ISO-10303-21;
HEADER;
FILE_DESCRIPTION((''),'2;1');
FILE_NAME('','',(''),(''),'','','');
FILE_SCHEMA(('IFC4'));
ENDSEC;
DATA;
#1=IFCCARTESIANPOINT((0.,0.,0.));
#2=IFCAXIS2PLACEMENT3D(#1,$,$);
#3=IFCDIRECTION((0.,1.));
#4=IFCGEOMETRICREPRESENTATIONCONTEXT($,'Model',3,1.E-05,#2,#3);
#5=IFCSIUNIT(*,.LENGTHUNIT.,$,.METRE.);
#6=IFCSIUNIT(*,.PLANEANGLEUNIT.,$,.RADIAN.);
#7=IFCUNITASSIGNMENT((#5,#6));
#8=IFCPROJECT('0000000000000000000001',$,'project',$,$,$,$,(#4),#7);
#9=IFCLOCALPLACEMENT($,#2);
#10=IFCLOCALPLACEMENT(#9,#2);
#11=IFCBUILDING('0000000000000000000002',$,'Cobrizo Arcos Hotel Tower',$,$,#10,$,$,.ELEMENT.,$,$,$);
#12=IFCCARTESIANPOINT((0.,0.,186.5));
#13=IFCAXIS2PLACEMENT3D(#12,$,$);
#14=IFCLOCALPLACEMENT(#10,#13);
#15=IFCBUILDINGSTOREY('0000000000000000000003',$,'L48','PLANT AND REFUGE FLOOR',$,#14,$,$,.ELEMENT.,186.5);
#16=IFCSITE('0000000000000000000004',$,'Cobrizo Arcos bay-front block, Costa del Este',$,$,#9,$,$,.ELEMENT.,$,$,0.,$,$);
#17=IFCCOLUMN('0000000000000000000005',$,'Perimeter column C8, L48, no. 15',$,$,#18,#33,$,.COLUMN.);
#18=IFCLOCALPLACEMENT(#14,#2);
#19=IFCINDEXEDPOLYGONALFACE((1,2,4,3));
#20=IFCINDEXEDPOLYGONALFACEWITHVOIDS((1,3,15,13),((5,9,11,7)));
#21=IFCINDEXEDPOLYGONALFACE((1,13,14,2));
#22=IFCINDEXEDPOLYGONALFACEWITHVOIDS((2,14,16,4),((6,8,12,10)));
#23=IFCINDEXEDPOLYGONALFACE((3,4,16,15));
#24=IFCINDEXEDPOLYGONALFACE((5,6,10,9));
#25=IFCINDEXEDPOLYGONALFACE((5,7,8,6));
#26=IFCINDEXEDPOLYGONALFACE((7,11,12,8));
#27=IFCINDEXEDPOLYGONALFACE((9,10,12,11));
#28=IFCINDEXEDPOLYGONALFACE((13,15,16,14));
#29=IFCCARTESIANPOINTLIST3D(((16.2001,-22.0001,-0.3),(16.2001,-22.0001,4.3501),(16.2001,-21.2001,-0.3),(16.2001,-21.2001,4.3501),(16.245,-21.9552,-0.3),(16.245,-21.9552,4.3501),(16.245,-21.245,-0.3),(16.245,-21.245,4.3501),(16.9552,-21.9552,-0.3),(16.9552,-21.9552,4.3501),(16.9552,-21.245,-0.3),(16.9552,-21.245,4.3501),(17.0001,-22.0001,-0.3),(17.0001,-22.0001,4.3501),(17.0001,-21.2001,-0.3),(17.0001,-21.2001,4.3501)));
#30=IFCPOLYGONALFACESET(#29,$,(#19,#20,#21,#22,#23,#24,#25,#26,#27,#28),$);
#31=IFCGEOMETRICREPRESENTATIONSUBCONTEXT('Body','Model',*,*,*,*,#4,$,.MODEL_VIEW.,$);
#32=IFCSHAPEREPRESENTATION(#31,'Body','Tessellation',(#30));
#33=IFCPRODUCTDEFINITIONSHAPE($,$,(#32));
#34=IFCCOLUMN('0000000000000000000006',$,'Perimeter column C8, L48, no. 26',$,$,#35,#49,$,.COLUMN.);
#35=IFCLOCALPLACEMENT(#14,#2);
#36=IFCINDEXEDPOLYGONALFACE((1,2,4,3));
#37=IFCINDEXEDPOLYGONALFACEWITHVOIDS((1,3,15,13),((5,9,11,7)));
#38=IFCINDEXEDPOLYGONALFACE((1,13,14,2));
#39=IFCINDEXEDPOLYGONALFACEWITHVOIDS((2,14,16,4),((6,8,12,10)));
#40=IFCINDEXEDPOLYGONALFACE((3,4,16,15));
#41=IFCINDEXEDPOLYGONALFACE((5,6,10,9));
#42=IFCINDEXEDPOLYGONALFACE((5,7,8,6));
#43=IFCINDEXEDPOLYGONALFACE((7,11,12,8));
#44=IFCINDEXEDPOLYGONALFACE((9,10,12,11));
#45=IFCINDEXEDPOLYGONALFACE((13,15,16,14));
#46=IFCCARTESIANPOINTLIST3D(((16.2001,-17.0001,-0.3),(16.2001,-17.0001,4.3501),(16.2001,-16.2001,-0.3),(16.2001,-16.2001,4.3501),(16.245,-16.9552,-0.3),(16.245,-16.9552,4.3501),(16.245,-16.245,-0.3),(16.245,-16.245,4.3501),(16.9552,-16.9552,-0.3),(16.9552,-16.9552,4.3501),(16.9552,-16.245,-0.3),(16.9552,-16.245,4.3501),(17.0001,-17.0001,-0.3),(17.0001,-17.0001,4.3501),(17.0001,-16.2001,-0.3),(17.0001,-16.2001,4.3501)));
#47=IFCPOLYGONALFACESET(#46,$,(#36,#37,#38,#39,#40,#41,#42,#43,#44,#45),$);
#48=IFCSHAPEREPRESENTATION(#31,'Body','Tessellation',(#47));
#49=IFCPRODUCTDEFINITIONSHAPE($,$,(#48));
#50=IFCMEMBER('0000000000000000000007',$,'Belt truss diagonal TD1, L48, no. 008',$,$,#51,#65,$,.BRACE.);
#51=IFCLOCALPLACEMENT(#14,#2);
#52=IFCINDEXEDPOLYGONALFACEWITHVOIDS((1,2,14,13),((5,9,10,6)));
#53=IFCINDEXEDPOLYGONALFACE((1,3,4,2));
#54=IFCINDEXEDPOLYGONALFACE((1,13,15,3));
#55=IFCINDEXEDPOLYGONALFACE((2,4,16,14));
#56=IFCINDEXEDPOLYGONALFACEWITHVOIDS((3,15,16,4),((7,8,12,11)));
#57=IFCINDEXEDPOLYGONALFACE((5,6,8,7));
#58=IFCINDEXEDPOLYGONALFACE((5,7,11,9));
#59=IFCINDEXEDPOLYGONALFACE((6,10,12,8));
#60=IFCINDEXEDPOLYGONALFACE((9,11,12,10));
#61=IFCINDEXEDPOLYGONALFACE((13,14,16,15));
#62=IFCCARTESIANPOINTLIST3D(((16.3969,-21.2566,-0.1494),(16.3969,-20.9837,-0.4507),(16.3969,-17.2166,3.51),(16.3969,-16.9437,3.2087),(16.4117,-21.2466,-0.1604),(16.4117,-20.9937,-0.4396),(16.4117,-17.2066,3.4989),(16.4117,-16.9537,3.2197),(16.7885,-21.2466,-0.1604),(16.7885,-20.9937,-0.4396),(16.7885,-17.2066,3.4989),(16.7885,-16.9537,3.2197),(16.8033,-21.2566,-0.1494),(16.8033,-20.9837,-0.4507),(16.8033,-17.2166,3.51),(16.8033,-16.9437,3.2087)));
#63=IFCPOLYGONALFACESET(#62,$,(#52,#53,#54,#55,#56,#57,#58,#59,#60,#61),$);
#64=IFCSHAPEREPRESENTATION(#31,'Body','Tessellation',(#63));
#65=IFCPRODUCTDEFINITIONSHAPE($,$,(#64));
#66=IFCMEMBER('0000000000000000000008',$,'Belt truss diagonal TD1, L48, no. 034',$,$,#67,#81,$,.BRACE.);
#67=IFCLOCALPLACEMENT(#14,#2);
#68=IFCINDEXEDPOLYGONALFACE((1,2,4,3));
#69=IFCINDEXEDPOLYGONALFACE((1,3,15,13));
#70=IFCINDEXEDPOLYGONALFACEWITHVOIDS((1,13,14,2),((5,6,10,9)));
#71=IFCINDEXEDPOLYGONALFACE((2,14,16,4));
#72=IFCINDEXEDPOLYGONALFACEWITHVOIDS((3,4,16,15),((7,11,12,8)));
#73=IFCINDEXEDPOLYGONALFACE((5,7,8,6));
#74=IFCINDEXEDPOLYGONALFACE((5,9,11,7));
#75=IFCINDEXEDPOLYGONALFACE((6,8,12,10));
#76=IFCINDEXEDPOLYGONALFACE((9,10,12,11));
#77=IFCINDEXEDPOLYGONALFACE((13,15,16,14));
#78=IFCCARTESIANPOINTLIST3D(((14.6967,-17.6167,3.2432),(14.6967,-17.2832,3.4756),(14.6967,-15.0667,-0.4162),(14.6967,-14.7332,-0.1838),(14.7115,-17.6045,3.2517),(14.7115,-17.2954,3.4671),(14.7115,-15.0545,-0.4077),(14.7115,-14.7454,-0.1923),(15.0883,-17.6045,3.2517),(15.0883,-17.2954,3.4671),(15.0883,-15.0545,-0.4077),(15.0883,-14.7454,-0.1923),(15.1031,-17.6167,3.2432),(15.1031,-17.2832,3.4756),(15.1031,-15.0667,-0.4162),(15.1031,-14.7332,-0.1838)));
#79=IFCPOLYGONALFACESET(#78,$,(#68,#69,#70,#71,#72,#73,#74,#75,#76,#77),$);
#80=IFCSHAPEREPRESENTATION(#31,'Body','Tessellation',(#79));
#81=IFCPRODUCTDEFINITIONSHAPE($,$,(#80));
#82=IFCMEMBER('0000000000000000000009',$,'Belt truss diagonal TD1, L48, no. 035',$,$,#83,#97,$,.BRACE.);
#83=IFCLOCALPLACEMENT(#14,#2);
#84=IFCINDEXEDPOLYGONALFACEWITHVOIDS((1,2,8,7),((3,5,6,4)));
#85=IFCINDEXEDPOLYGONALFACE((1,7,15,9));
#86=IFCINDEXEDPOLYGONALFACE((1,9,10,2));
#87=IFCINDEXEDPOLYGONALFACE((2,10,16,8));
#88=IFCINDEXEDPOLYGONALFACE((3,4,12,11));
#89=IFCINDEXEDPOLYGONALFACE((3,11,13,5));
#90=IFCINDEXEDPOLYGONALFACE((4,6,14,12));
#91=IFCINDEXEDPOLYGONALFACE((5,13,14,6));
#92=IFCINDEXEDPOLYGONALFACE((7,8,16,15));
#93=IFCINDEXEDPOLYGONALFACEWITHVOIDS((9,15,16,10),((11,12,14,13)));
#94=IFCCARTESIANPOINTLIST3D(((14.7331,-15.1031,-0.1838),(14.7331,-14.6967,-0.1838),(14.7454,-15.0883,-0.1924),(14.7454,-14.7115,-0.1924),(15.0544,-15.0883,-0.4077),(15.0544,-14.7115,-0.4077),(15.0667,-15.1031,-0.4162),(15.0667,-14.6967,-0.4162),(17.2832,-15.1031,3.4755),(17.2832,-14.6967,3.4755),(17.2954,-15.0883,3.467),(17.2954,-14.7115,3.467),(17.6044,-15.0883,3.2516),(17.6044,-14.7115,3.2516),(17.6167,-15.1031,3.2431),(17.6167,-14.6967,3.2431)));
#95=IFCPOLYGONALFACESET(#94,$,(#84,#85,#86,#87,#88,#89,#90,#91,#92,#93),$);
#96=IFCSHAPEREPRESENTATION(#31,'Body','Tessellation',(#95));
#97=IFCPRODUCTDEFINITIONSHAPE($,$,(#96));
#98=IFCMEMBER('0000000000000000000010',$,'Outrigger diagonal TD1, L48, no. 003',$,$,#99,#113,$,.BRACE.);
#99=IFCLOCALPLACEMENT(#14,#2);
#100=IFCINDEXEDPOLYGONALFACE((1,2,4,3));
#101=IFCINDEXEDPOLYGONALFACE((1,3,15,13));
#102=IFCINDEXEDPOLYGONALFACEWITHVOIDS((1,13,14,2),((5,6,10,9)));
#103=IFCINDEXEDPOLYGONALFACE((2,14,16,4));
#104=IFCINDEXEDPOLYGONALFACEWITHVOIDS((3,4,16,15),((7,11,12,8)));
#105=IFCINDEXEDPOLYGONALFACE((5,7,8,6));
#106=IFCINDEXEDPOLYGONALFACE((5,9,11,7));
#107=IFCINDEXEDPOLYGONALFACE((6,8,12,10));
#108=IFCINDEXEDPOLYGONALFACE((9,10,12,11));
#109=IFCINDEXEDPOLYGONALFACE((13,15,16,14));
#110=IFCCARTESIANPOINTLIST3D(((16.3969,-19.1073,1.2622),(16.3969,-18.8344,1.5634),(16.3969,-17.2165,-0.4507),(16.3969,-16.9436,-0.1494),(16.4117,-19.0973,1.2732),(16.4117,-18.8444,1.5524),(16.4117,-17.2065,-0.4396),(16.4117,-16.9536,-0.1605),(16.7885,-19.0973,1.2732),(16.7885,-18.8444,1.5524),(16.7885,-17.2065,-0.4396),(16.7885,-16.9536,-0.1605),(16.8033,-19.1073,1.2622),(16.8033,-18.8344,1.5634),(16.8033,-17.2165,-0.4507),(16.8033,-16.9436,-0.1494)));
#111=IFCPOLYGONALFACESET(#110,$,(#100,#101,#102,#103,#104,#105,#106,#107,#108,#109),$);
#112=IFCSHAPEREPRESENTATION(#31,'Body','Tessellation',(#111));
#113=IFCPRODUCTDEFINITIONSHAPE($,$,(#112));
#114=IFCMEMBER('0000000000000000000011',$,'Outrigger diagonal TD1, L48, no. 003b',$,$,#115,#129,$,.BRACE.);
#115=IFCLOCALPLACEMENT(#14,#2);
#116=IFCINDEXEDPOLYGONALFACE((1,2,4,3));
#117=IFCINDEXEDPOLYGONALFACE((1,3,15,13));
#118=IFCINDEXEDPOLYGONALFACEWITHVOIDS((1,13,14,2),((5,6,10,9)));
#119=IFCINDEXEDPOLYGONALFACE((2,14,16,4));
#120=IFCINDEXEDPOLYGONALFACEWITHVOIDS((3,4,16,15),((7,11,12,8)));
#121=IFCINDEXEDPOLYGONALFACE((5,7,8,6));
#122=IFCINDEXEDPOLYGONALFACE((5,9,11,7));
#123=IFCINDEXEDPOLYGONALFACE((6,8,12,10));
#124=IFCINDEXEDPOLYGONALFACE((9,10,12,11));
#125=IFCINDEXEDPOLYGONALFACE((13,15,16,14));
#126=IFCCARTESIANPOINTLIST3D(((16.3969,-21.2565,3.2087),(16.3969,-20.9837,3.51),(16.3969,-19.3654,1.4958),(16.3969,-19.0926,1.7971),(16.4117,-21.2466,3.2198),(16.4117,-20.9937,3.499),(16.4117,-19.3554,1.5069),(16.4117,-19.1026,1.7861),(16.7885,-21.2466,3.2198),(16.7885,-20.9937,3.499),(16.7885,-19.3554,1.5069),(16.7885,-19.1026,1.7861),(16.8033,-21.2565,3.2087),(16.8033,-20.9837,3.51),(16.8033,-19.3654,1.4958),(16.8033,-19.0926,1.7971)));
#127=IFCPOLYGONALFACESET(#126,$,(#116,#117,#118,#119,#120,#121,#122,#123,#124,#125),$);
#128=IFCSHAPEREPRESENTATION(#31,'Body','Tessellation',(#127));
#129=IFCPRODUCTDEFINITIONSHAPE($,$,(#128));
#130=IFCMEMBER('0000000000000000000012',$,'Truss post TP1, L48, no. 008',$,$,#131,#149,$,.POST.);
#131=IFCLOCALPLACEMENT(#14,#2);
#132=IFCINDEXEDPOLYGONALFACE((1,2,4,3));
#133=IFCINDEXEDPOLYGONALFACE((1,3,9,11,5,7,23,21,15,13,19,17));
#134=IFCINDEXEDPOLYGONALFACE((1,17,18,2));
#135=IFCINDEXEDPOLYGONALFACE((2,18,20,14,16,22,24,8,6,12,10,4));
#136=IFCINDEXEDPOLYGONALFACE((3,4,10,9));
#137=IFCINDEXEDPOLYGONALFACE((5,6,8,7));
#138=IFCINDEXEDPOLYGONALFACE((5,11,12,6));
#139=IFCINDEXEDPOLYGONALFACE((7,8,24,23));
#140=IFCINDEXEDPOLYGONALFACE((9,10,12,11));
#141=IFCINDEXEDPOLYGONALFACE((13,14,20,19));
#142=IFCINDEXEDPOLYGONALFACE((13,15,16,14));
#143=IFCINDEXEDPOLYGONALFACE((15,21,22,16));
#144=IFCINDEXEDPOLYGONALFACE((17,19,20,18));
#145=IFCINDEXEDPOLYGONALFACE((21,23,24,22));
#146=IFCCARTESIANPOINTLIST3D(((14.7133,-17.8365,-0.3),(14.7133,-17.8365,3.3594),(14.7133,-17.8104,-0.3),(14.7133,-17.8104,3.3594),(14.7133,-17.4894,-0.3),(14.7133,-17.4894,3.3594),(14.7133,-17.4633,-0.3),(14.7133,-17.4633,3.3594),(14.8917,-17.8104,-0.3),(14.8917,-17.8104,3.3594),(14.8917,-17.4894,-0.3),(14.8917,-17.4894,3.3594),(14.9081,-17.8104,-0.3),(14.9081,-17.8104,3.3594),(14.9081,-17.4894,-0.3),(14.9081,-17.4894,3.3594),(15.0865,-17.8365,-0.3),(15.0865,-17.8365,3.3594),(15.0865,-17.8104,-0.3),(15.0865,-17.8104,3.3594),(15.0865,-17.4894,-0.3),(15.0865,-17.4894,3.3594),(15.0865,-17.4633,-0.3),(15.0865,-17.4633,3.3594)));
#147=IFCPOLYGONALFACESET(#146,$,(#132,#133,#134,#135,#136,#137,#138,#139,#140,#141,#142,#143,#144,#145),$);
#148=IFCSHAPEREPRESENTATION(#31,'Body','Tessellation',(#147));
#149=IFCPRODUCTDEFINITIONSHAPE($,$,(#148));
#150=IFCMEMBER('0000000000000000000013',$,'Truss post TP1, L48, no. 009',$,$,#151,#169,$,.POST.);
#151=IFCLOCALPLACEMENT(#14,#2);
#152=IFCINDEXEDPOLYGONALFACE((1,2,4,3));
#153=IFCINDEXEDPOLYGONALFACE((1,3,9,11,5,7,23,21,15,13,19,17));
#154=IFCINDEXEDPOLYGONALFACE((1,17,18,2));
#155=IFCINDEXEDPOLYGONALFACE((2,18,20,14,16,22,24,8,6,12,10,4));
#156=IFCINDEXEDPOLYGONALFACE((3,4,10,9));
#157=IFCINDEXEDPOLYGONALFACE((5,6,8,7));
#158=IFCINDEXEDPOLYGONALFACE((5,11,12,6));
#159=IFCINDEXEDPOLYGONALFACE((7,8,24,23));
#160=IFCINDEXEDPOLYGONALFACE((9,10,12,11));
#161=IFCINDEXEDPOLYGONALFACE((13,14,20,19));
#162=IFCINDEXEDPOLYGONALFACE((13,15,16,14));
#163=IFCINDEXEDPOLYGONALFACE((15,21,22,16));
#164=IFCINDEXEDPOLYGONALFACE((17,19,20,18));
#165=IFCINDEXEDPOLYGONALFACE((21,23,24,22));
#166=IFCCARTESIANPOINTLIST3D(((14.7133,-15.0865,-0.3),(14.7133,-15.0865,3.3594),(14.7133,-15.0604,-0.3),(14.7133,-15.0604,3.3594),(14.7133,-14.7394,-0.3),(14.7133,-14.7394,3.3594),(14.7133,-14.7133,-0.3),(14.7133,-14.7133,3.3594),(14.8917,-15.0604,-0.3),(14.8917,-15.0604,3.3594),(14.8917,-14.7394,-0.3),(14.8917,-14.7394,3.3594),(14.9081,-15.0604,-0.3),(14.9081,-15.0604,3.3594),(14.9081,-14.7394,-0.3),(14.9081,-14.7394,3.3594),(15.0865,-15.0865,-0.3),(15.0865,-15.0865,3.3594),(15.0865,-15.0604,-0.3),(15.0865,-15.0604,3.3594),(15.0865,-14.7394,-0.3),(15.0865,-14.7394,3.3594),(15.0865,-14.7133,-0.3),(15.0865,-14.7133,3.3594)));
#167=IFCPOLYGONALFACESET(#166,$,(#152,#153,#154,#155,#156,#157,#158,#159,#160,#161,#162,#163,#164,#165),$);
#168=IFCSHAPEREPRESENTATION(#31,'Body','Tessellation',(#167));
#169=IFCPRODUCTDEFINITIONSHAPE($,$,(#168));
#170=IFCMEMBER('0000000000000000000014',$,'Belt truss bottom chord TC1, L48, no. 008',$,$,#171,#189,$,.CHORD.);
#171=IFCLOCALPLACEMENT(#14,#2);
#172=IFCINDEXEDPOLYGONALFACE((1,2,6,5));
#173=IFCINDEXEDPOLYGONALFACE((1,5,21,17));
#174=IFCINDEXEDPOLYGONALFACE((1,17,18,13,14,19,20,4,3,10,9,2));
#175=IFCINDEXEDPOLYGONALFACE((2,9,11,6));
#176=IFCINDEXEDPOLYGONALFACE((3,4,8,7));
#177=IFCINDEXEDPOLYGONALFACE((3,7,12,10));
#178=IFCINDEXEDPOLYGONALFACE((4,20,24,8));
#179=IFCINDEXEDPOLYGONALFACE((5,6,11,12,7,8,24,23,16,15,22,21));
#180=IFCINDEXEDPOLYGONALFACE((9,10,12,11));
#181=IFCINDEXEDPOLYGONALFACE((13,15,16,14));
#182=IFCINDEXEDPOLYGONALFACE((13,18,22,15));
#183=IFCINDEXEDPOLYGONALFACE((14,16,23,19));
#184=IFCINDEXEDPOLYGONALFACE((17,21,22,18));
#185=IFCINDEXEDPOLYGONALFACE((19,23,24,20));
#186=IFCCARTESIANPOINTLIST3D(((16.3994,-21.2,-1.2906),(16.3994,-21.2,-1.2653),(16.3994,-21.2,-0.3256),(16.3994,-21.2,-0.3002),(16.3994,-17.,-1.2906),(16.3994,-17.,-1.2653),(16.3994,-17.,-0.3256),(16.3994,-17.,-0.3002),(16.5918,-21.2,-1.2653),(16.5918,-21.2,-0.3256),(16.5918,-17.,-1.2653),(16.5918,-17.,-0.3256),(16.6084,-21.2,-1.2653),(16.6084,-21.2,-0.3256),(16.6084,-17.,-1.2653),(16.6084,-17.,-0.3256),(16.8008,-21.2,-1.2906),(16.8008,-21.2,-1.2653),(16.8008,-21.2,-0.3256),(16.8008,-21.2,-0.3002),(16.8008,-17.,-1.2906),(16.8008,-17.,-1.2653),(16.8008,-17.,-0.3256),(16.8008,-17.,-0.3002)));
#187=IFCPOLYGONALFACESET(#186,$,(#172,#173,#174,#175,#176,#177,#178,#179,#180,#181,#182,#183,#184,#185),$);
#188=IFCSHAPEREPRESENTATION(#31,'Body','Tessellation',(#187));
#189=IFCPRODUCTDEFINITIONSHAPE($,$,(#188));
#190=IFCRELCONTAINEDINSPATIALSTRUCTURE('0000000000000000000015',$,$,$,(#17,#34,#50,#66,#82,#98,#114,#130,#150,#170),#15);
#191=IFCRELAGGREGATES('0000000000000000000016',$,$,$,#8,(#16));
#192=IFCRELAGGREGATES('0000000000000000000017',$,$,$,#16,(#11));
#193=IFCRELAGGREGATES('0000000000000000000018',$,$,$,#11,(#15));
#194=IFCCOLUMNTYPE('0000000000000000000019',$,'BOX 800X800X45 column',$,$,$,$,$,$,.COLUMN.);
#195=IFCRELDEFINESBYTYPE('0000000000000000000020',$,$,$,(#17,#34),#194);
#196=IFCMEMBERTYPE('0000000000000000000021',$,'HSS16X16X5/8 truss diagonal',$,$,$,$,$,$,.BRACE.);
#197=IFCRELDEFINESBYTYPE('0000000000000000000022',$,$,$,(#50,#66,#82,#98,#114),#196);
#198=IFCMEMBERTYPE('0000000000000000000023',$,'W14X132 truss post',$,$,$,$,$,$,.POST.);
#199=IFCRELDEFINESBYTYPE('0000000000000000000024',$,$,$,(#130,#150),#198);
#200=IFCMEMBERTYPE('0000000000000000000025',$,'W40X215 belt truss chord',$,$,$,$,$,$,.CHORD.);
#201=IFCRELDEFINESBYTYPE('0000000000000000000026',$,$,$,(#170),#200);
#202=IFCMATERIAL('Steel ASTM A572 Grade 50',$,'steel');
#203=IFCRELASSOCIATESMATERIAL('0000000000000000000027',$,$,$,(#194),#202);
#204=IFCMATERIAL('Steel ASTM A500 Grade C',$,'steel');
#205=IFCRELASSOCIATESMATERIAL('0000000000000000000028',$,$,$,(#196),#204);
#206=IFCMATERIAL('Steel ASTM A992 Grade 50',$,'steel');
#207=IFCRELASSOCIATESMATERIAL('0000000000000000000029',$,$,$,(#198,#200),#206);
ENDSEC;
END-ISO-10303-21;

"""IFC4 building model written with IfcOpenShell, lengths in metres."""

from ifc_helpers import new_model, si_unit, direction, frame, origin, origin_2d, place, context, subcontext, project, spatial, hollow_rectangle, i_section, extrude, material, material_profile, profile_set, type_object, element, save


model = new_model("IFC4")

# Units and contexts
model_context = context("Model", 3, precision=1e-05, world=origin(), true_north=direction((0.0, 1.0)))
body_context = subcontext(model_context, "Body", "Model", "MODEL_VIEW")
ifc_project = project(units=[si_unit("LENGTHUNIT", "METRE"), si_unit("PLANEANGLEUNIT", "RADIAN")], contexts=[model_context])

# Site, building, storey
site_placement = place(None, origin())
site = spatial("IfcSite", under=ifc_project, at=site_placement, Name="Cobrizo Arcos bay-front block, Costa del Este", CompositionType="ELEMENT", RefElevation=0.0)
building_placement = place(site_placement, origin())
building = spatial("IfcBuilding", under=site, at=building_placement, Name="Cobrizo Arcos Hotel Tower", CompositionType="ELEMENT")
storey_placement = place(building_placement, frame((0.0, 0.0, 186.5)))
storey = spatial("IfcBuildingStorey", under=building, at=storey_placement, Name="L48", Description="PLANT AND REFUGE FLOOR", CompositionType="ELEMENT", Elevation=186.5)

# Columns
ifc_material_1 = material(Name="Steel ASTM A572 Grade 50", Category="steel")
ifc_material_profile_1 = material_profile(ifc_material_1, hollow_rectangle(XDim=0.8, YDim=0.8, WallThickness=0.0449, at=origin_2d()), Name="BOX 800X800X45")
ifc_profile_set_1 = profile_set([ifc_material_profile_1], Name="Steel ASTM A572 Grade 50")
column_type = type_object("IfcColumnType", Name="BOX 800X800X45 column", PredefinedType="COLUMN", material=ifc_profile_set_1)
for number, where, z_axis, x_axis, name in (
    (1, (16.6001, -21.6001, -0.3), (0.0, 0.0, 1.0), (1.0, 0.0, 0.0), "Perimeter column C8, L48, no. 15"),
    (2, (16.6001, -16.6001, -0.3), (0.0, 0.0, 1.0), (1.0, 0.0, 0.0), "Perimeter column C8, L48, no. 26"),
):
    element("IfcColumn", number, at=place(storey_placement, frame(where, z_axis=z_axis, x_axis=x_axis)), inside=storey, type_object=column_type, Name=name, PredefinedType="COLUMN", context=body_context, shape_type="SweptSolid", body=[
        extrude(hollow_rectangle(XDim=0.8, YDim=0.8, WallThickness=0.0449, at=origin_2d()), origin(), (0.0, 0.0, 1.0), 4.6501),
    ])

# Members
ifc_material_2 = material(Name="Steel ASTM A500 Grade C", Category="steel")
ifc_material_profile_2 = material_profile(ifc_material_2, hollow_rectangle(XDim=0.4065, YDim=0.4065, WallThickness=0.0149, at=origin_2d()), Name="HSS16X16X5/8")
ifc_profile_set_2 = profile_set([ifc_material_profile_2], Name="Steel ASTM A500 Grade C")
member_type_1 = type_object("IfcMemberType", Name="HSS16X16X5/8 truss diagonal", PredefinedType="BRACE", material=ifc_profile_set_2)
member_1_placement = place(storey_placement, frame((16.6001, -21.1201, -0.3), z_axis=(0.0, 0.741157, 0.671332), x_axis=(-1.0, 0.0, 0.0)))
element("IfcMember", 3, at=member_1_placement, inside=storey, type_object=member_type_1, Name="Belt truss diagonal TD1, L48, no. 008", PredefinedType="BRACE", context=body_context, shape_type="SweptSolid", body=[
    extrude(hollow_rectangle(XDim=0.4065, YDim=0.4065, WallThickness=0.0149, at=origin_2d()), origin(), (0.0, 0.0, 1.0), 5.4509),
])
for number, where, z_axis, x_axis, name in (
    (4, (14.8999, -17.45, 3.3594), (0.0, 0.571723, -0.820446), (-1.0, 0.0, 0.0), "Belt truss diagonal TD1, L48, no. 034"),
    (5, (14.8999, -14.8999, -0.3), (0.571723, 0.0, 0.820446), (0.0, 1.0, 0.0), "Belt truss diagonal TD1, L48, no. 035"),
):
    element("IfcMember", number, at=place(storey_placement, frame(where, z_axis=z_axis, x_axis=x_axis)), inside=storey, type_object=member_type_1, Name=name, PredefinedType="BRACE", context=body_context, shape_type="SweptSolid", body=[
        extrude(hollow_rectangle(XDim=0.4065, YDim=0.4065, WallThickness=0.0149, at=origin_2d()), origin(), (0.0, 0.0, 1.0), 4.4602),
    ])
member_2_placement = place(storey_placement, frame((16.6001, -17.0801, -0.3), z_axis=(0.0, -0.741125, 0.671367), x_axis=(1.0, 0.0, 0.0)))
element("IfcMember", 6, at=member_2_placement, inside=storey, type_object=member_type_1, Name="Outrigger diagonal TD1, L48, no. 003", PredefinedType="BRACE", context=body_context, shape_type="SweptSolid", body=[
    extrude(hollow_rectangle(XDim=0.4065, YDim=0.4065, WallThickness=0.0149, at=origin_2d()), origin(), (0.0, 0.0, 1.0), 2.5513),
])
member_3_placement = place(storey_placement, frame((16.6001, -19.229, 1.6465), z_axis=(0.0, -0.741168, 0.671319), x_axis=(1.0, 0.0, 0.0)))
element("IfcMember", 7, at=member_3_placement, inside=storey, type_object=member_type_1, Name="Outrigger diagonal TD1, L48, no. 003b", PredefinedType="BRACE", context=body_context, shape_type="SweptSolid", body=[
    extrude(hollow_rectangle(XDim=0.4065, YDim=0.4065, WallThickness=0.0149, at=origin_2d()), origin(), (0.0, 0.0, 1.0), 2.5515),
])
ifc_material_3 = material(Name="Steel ASTM A992 Grade 50", Category="steel")
ifc_material_profile_3 = material_profile(ifc_material_3, i_section(OverallWidth=0.3733, OverallDepth=0.3733, WebThickness=0.0164, FlangeThickness=0.0261, at=origin_2d()), Name="W14X132")
ifc_profile_set_3 = profile_set([ifc_material_profile_3], Name="Steel ASTM A992 Grade 50")
member_type_2 = type_object("IfcMemberType", Name="W14X132 truss post", PredefinedType="POST", material=ifc_profile_set_3)
for number, where, z_axis, x_axis, name in (
    (8, (14.8999, -17.6499, -0.3), (0.0, 0.0, 1.0), (1.0, 0.0, 0.0), "Truss post TP1, L48, no. 008"),
    (9, (14.8999, -14.8999, -0.3), (0.0, 0.0, 1.0), (1.0, 0.0, 0.0), "Truss post TP1, L48, no. 009"),
):
    element("IfcMember", number, at=place(storey_placement, frame(where, z_axis=z_axis, x_axis=x_axis)), inside=storey, type_object=member_type_2, Name=name, PredefinedType="POST", context=body_context, shape_type="SweptSolid", body=[
        extrude(i_section(OverallWidth=0.3733, OverallDepth=0.3733, WebThickness=0.0164, FlangeThickness=0.0261, at=origin_2d()), origin(), (0.0, 0.0, 1.0), 3.6594),
    ])
ifc_material_profile_4 = material_profile(ifc_material_3, i_section(OverallWidth=0.4014, OverallDepth=0.9905, WebThickness=0.0166, FlangeThickness=0.0254, at=origin_2d()), Name="W40X215")
ifc_profile_set_4 = profile_set([ifc_material_profile_4], Name="Steel ASTM A992 Grade 50")
member_type_3 = type_object("IfcMemberType", Name="W40X215 belt truss chord", PredefinedType="CHORD", material=ifc_profile_set_4)
for number, where, z_axis, x_axis, name in (
    (10, (16.6001, -21.2, -0.7954), (0.0, 1.0, 0.0), (-1.0, 0.0, 0.0), "Belt truss bottom chord TC1, L48, no. 008"),
):
    element("IfcMember", number, at=place(storey_placement, frame(where, z_axis=z_axis, x_axis=x_axis)), inside=storey, type_object=member_type_3, Name=name, PredefinedType="CHORD", context=body_context, shape_type="SweptSolid", body=[
        extrude(i_section(OverallWidth=0.4014, OverallDepth=0.9905, WebThickness=0.0166, FlangeThickness=0.0254, at=origin_2d()), origin(), (0.0, 0.0, 1.0), 4.2),
    ])

save(model, "model.ifc")
